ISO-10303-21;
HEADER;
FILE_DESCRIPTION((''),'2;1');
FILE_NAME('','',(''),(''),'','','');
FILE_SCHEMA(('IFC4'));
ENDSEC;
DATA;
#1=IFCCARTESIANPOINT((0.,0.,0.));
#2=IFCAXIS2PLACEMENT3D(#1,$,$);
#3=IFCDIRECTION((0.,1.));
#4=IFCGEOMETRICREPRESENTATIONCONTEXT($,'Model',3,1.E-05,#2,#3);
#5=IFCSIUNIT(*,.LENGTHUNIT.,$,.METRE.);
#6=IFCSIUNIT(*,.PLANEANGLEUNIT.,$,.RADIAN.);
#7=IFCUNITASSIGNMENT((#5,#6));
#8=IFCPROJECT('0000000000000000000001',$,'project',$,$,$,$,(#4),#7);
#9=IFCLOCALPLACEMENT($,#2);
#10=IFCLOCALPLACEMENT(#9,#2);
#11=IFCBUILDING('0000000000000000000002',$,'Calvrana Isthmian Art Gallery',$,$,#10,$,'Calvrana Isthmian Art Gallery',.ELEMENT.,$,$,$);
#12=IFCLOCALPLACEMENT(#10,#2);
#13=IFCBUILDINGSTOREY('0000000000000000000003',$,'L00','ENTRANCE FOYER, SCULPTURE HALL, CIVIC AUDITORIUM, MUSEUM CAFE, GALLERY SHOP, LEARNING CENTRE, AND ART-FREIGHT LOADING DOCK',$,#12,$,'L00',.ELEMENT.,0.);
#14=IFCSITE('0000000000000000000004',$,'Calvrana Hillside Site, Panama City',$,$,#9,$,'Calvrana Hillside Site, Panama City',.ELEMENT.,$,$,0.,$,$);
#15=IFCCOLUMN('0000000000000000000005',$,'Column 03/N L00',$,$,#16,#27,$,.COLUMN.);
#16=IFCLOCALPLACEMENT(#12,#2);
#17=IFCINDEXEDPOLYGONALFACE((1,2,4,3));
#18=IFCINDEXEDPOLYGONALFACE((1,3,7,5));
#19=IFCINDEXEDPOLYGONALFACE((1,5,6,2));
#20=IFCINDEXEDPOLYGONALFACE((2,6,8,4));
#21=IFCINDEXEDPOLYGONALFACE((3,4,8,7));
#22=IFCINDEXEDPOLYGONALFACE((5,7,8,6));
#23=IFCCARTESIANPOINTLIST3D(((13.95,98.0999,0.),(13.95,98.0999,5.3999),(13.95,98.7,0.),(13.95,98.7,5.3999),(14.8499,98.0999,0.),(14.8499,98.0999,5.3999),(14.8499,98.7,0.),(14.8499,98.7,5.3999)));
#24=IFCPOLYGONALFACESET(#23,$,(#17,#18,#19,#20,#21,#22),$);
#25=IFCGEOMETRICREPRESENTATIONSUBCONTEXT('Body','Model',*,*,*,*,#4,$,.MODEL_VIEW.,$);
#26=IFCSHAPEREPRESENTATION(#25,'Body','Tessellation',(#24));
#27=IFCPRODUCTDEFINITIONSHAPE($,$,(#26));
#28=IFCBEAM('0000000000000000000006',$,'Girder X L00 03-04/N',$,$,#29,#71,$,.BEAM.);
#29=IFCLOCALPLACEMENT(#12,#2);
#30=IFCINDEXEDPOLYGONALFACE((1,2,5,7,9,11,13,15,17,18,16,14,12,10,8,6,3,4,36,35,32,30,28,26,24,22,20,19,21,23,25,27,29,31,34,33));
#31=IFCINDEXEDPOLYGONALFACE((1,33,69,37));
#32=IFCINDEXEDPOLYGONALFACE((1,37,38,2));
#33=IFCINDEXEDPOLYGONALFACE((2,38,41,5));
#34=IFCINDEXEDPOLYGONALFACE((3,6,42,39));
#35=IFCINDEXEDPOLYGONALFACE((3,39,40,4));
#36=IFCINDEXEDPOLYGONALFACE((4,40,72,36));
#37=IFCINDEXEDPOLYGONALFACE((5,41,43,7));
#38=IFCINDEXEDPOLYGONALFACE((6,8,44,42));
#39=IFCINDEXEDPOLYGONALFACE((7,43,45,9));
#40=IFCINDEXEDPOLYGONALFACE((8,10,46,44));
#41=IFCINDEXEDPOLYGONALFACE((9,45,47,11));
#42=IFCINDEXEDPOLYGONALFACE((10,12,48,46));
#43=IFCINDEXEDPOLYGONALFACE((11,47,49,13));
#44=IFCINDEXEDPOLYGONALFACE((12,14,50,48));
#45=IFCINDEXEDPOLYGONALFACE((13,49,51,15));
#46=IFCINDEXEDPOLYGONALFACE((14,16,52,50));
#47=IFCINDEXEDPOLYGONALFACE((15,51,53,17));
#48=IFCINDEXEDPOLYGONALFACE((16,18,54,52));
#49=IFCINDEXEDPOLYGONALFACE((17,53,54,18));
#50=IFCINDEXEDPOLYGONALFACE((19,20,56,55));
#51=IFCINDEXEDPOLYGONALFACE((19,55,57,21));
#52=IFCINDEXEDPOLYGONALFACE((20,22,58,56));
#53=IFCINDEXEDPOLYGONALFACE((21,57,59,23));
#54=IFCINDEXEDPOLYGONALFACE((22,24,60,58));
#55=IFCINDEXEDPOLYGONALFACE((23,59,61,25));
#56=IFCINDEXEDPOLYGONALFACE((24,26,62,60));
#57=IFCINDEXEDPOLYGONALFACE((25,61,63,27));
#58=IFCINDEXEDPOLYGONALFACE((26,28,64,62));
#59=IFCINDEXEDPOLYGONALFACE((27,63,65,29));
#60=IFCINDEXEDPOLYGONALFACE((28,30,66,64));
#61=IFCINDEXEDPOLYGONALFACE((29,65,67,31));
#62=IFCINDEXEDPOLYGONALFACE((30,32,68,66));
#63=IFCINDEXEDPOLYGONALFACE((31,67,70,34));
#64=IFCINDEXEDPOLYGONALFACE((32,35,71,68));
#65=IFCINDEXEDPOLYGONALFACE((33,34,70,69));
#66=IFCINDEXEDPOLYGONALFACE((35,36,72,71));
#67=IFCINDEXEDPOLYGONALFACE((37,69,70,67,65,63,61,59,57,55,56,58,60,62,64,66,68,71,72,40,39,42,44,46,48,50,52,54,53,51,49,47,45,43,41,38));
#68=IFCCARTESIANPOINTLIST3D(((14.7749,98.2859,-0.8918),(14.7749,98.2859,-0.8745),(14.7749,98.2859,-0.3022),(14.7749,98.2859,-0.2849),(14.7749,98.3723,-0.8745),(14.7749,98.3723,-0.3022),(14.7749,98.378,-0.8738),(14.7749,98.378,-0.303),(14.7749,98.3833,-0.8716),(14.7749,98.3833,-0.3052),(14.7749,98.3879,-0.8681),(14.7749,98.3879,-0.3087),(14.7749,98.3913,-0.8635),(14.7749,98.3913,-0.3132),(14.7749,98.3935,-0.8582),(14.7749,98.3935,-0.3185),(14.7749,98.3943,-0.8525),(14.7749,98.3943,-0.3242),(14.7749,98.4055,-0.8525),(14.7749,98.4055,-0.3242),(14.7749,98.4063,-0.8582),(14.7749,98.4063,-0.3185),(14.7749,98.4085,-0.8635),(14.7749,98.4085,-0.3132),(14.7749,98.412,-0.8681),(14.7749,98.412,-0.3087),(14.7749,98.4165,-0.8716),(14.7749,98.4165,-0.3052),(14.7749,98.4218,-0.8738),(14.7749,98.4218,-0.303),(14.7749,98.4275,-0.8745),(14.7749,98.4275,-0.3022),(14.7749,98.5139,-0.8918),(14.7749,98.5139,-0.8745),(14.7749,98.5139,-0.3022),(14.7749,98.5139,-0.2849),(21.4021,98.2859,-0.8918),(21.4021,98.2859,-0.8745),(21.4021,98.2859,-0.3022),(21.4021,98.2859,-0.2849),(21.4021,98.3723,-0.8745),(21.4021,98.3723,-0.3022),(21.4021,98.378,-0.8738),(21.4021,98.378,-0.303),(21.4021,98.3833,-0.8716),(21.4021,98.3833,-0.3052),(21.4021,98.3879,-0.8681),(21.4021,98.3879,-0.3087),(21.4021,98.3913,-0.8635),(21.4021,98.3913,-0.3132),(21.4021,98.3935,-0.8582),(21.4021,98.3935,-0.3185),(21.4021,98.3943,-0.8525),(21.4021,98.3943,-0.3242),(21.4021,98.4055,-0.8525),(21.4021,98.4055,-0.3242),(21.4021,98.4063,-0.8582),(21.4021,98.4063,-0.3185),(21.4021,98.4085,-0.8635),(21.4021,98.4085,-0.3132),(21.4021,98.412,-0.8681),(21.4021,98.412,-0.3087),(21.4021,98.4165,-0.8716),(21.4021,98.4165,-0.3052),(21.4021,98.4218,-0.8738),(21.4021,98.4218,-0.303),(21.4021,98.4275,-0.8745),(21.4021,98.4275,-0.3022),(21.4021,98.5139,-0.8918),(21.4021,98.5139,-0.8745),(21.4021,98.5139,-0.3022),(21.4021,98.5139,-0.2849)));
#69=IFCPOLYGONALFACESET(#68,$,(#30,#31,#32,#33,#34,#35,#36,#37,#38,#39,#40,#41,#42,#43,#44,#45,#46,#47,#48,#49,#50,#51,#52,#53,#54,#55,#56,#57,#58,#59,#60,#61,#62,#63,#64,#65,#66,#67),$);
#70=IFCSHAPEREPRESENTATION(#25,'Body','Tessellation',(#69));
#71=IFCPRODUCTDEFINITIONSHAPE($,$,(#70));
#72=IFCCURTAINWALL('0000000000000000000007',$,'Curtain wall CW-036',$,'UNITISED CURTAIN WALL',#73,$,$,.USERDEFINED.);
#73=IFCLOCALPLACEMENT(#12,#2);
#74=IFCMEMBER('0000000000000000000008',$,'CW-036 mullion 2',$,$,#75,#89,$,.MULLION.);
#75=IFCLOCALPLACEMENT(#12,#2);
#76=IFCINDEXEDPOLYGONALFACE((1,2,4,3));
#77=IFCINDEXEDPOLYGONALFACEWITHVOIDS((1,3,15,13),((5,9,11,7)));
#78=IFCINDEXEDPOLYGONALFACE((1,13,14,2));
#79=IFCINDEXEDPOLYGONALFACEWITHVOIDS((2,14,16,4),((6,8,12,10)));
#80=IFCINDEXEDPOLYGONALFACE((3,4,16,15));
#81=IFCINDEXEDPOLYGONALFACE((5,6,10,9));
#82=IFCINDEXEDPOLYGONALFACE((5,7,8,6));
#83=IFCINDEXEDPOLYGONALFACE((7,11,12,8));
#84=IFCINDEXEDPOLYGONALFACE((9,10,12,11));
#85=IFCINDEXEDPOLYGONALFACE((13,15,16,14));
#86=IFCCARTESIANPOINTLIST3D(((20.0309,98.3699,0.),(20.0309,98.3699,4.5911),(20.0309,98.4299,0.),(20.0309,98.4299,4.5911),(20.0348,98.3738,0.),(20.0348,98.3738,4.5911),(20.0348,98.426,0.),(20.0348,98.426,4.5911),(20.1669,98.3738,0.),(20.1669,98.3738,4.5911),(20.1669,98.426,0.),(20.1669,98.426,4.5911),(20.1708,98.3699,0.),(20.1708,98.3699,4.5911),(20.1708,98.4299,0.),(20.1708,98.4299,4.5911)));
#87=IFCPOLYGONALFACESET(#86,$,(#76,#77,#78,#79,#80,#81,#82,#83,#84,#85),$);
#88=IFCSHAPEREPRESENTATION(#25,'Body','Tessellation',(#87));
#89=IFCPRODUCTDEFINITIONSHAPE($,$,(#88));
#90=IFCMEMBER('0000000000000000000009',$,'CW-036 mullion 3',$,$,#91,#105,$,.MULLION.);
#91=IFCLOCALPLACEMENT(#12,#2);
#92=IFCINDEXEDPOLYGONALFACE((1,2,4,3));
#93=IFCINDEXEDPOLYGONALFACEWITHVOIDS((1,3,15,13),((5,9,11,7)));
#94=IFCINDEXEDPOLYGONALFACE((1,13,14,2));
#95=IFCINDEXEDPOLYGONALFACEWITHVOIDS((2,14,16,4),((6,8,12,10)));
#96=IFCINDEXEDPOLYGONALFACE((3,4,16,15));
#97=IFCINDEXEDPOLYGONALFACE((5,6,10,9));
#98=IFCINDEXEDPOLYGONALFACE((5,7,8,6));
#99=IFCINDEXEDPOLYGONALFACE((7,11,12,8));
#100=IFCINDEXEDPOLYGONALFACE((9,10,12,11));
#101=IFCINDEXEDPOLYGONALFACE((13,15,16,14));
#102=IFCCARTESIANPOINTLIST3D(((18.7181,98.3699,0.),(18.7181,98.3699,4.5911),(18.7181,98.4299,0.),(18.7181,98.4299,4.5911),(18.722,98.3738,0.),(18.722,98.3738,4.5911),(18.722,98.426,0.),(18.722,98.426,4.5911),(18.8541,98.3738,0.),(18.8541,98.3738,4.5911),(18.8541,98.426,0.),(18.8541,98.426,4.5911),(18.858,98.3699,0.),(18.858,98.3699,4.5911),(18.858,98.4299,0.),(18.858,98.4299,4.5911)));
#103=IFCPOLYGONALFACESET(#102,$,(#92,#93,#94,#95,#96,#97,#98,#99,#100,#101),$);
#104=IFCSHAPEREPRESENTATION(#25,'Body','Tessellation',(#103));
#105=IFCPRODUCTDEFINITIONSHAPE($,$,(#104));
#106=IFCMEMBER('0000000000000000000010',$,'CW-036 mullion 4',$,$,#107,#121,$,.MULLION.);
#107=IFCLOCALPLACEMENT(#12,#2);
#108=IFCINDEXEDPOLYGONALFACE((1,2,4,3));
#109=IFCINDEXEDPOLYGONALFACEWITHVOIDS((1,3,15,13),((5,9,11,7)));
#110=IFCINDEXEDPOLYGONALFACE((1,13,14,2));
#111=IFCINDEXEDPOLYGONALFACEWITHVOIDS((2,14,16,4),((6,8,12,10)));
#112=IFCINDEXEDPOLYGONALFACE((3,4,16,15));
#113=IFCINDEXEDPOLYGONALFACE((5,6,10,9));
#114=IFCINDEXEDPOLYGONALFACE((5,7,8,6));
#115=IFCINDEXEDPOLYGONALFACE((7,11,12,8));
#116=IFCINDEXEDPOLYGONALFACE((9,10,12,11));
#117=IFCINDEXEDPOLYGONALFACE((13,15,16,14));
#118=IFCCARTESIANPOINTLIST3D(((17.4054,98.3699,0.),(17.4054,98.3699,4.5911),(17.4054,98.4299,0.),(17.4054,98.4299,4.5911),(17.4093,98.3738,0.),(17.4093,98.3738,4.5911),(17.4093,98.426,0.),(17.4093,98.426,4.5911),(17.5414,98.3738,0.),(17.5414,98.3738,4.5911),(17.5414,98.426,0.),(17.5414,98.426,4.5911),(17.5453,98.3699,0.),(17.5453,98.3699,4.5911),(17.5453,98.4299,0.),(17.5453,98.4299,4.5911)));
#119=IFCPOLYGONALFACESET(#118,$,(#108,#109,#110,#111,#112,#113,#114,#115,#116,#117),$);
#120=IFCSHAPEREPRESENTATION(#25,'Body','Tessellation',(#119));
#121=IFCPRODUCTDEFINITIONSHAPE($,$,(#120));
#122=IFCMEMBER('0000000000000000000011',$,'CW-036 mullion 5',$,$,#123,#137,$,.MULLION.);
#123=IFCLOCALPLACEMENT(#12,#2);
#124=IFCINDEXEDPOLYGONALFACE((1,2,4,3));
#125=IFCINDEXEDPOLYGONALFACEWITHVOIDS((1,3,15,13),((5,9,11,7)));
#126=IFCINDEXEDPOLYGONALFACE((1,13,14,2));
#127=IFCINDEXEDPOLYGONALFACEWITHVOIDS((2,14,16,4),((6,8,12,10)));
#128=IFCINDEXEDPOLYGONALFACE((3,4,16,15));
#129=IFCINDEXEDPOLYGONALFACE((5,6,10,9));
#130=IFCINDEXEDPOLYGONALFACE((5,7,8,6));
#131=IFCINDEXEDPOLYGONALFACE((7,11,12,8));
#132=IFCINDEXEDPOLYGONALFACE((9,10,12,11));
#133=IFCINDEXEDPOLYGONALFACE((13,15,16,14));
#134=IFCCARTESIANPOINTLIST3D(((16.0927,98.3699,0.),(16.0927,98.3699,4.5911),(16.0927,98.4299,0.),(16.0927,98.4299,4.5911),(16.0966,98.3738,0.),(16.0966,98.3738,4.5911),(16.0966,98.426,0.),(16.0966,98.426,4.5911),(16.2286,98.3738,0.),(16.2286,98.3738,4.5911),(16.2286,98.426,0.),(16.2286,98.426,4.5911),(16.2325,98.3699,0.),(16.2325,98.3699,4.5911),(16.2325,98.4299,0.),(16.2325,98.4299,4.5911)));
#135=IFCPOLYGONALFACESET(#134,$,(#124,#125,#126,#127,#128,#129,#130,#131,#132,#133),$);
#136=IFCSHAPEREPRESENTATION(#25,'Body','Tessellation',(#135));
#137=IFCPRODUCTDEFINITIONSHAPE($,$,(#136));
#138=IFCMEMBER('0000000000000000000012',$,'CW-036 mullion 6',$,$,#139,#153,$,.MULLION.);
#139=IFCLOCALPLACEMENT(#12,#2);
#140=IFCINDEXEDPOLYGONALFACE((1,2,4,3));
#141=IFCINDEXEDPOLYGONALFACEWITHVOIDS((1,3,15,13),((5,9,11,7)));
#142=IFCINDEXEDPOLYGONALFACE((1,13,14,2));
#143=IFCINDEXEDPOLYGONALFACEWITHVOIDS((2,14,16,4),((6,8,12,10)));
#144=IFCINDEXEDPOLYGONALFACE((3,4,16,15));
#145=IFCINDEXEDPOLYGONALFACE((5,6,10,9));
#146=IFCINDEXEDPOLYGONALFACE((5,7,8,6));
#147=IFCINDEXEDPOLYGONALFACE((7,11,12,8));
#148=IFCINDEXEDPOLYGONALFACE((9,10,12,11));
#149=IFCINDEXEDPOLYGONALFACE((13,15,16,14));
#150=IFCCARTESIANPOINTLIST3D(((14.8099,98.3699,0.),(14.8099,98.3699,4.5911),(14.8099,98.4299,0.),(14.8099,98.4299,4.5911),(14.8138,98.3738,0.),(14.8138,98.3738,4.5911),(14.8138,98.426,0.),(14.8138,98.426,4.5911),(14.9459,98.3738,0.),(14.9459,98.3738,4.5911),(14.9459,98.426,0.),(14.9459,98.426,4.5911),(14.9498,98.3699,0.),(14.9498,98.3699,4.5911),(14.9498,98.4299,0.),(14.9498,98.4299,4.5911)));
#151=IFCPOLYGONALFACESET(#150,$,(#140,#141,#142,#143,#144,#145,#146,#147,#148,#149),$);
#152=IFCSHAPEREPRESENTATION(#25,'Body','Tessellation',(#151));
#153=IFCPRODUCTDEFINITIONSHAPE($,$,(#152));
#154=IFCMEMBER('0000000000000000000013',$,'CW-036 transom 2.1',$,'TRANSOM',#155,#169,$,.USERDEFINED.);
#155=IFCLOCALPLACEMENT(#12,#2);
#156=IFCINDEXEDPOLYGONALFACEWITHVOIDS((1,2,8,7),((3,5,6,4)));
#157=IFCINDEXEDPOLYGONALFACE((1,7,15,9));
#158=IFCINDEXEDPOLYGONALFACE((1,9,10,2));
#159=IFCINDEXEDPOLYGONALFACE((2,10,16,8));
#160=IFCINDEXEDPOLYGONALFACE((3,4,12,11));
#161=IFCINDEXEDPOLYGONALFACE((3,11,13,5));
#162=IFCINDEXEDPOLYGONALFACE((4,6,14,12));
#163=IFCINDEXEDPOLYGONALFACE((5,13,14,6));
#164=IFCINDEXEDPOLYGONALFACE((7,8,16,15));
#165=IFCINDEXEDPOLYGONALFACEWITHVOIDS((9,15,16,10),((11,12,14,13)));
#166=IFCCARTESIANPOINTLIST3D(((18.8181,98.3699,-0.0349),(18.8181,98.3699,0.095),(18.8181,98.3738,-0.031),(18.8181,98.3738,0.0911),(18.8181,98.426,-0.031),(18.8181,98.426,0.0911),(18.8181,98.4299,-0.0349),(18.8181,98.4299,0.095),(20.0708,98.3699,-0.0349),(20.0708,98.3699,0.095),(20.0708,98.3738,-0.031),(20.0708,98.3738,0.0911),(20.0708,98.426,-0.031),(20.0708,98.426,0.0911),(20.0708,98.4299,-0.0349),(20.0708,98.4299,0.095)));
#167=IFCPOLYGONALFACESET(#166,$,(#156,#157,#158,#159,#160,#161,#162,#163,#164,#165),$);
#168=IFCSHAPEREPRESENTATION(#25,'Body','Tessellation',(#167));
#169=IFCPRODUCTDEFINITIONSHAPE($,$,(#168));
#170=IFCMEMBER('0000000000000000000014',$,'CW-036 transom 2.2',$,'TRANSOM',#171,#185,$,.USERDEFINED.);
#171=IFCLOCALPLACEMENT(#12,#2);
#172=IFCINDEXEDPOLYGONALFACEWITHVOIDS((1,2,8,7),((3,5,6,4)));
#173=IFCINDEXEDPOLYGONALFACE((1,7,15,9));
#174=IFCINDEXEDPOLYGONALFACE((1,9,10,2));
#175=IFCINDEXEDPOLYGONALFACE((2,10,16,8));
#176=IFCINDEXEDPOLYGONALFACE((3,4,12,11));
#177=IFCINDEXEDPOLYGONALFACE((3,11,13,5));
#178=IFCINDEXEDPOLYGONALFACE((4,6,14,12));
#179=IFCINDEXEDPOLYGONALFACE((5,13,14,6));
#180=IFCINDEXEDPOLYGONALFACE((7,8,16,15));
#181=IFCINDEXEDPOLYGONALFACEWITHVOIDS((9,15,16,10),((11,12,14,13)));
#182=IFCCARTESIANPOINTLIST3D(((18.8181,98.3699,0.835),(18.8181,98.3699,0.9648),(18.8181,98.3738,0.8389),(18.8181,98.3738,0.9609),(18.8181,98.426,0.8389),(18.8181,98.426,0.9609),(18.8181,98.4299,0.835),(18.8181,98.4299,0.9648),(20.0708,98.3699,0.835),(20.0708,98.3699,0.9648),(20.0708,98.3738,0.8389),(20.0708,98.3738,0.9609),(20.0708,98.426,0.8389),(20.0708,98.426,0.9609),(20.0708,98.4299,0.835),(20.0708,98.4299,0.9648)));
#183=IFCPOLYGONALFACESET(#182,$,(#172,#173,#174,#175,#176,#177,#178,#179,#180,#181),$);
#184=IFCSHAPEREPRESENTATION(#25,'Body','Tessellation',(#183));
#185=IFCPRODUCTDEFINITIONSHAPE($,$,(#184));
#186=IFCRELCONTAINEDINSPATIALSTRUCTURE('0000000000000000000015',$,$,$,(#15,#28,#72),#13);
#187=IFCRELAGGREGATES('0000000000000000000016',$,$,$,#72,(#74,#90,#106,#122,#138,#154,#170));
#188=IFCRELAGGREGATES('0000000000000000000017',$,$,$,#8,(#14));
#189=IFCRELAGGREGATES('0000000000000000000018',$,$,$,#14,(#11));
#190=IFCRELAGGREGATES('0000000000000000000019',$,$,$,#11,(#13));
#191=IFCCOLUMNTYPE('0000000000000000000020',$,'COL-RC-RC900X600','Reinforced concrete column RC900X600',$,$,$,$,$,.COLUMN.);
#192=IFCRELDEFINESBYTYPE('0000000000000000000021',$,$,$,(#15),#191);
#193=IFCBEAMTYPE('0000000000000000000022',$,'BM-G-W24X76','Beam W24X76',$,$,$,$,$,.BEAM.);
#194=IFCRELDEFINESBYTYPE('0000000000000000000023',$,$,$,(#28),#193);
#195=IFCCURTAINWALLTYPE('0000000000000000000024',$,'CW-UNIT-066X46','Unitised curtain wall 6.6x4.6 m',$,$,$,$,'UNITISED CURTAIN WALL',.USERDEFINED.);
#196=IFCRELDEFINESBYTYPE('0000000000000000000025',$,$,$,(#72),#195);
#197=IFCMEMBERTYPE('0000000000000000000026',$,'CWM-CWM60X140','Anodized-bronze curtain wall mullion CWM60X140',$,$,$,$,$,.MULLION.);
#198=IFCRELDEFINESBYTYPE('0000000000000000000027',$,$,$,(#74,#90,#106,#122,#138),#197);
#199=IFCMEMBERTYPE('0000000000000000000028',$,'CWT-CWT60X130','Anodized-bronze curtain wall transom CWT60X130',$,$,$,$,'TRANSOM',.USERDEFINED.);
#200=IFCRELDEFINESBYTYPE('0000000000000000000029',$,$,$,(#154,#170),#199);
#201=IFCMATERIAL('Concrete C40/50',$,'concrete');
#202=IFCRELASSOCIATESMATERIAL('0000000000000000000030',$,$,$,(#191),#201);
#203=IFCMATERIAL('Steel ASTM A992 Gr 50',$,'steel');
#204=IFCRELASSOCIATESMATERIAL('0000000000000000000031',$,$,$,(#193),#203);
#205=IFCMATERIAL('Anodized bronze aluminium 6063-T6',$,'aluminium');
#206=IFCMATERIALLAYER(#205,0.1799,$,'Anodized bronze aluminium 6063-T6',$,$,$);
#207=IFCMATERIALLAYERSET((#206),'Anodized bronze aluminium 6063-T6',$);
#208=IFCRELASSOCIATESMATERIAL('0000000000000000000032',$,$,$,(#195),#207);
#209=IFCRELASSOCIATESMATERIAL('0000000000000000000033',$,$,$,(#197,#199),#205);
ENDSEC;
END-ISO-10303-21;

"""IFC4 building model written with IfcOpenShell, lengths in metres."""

from ifc_helpers import new_model, si_unit, direction, frame, origin, origin_2d, place, context, subcontext, project, spatial, rectangle, hollow_rectangle, i_section, extrude, material, layer, layer_set, material_profile, profile_set, type_object, element, aggregate, save


model = new_model("IFC4")

# Units and contexts
model_context = context("Model", 3, precision=1e-05, world=origin(), true_north=direction((0.0, 1.0)))
body_context = subcontext(model_context, "Body", "Model", "MODEL_VIEW")
ifc_project = project(units=[si_unit("LENGTHUNIT", "METRE"), si_unit("PLANEANGLEUNIT", "RADIAN")], contexts=[model_context])

# Site, building, storey
site_placement = place(None, origin())
site = spatial("IfcSite", under=ifc_project, at=site_placement, Name="Calvrana Hillside Site, Panama City", LongName="Calvrana Hillside Site, Panama City", CompositionType="ELEMENT", RefElevation=0.0)
building_placement = place(site_placement, origin())
building = spatial("IfcBuilding", under=site, at=building_placement, Name="Calvrana Isthmian Art Gallery", LongName="Calvrana Isthmian Art Gallery", CompositionType="ELEMENT")
storey_placement = place(building_placement, origin())
storey = spatial("IfcBuildingStorey", under=building, at=storey_placement, Name="L00", Description="ENTRANCE FOYER, SCULPTURE HALL, CIVIC AUDITORIUM, MUSEUM CAFE, GALLERY SHOP, LEARNING CENTRE, AND ART-FREIGHT LOADING DOCK", LongName="L00", CompositionType="ELEMENT", Elevation=0.0)

# Column
ifc_material_1 = material(Name="Concrete C40/50", Category="concrete")
ifc_material_profile_1 = material_profile(ifc_material_1, rectangle(XDim=0.8999, YDim=0.6001, at=origin_2d()), Name="RC900X600")
ifc_profile_set_1 = profile_set([ifc_material_profile_1], Name="Concrete C40/50")
column_type = type_object("IfcColumnType", Name="COL-RC-RC900X600", Description="Reinforced concrete column RC900X600", PredefinedType="COLUMN", material=ifc_profile_set_1)
column_placement = place(storey_placement, frame((14.3999, 98.3999, 0.0), z_axis=(0.0, 0.0, 1.0), x_axis=(1.0, 0.0, 0.0)))
element("IfcColumn", 1, at=column_placement, inside=storey, type_object=column_type, Name="Column 03/N L00", PredefinedType="COLUMN", context=body_context, shape_type="SweptSolid", body=[
    extrude(rectangle(XDim=0.8999, YDim=0.6001, at=origin_2d()), origin(), (0.0, 0.0, 1.0), 5.3999),
])

# Beam
ifc_material_2 = material(Name="Steel ASTM A992 Gr 50", Category="steel")
ifc_material_profile_2 = material_profile(ifc_material_2, i_section(OverallWidth=0.228, OverallDepth=0.6069, WebThickness=0.0112, FlangeThickness=0.0173, FilletRadius=0.022, at=origin_2d()), Name="W24X76")
ifc_profile_set_2 = profile_set([ifc_material_profile_2], Name="Steel ASTM A992 Gr 50")
beam_type = type_object("IfcBeamType", Name="BM-G-W24X76", Description="Beam W24X76", PredefinedType="BEAM", material=ifc_profile_set_2)
beam_placement = place(storey_placement, frame((14.7749, 98.3999, -0.5884), z_axis=(1.0, 0.0, 0.0), x_axis=(0.0, 1.0, 0.0)))
element("IfcBeam", 2, at=beam_placement, inside=storey, type_object=beam_type, Name="Girder X L00 03-04/N", PredefinedType="BEAM", context=body_context, shape_type="SweptSolid", body=[
    extrude(i_section(OverallWidth=0.228, OverallDepth=0.6069, WebThickness=0.0112, FlangeThickness=0.0173, FilletRadius=0.022, at=origin_2d()), origin(), (0.0, 0.0, 1.0), 6.6272),
])

# Curtain wall, members
ifc_material_3 = material(Name="Anodized bronze aluminium 6063-T6", Category="aluminium")
ifc_layer_1 = layer(ifc_material_3, 0.1799, Name="Anodized bronze aluminium 6063-T6")
ifc_layer_set_1 = layer_set([ifc_layer_1], Name="Anodized bronze aluminium 6063-T6")
curtain_wall_type = type_object("IfcCurtainWallType", Name="CW-UNIT-066X46", Description="Unitised curtain wall 6.6x4.6 m", ElementType="UNITISED CURTAIN WALL", PredefinedType="USERDEFINED", material=ifc_layer_set_1)
curtain_wall_placement = place(storey_placement, origin())
curtain_wall = element("IfcCurtainWall", 3, at=curtain_wall_placement, inside=storey, type_object=curtain_wall_type, Name="Curtain wall CW-036", ObjectType="UNITISED CURTAIN WALL", PredefinedType="USERDEFINED")
ifc_material_profile_3 = material_profile(ifc_material_3, hollow_rectangle(XDim=0.0601, YDim=0.1399, WallThickness=0.0039, at=origin_2d()), Name="CWM60X140")
ifc_profile_set_3 = profile_set([ifc_material_profile_3], Name="Anodized bronze aluminium 6063-T6")
member_type_1 = type_object("IfcMemberType", Name="CWM-CWM60X140", Description="Anodized-bronze curtain wall mullion CWM60X140", PredefinedType="MULLION", material=ifc_profile_set_3)
member_1_placement = place(storey_placement, frame((20.1008, 98.3999, 0.0), z_axis=(0.0, 0.0, 1.0), x_axis=(0.0, -1.0, 0.0)))
member_1 = element("IfcMember", 4, at=member_1_placement, type_object=member_type_1, Name="CW-036 mullion 2", PredefinedType="MULLION", context=body_context, shape_type="SweptSolid", body=[
    extrude(hollow_rectangle(XDim=0.0601, YDim=0.1399, WallThickness=0.0039, at=origin_2d()), origin(), (0.0, 0.0, 1.0), 4.5911),
])
member_2_placement = place(storey_placement, frame((18.7881, 98.3999, 0.0), z_axis=(0.0, 0.0, 1.0), x_axis=(0.0, -1.0, 0.0)))
member_2 = element("IfcMember", 5, at=member_2_placement, type_object=member_type_1, Name="CW-036 mullion 3", PredefinedType="MULLION", context=body_context, shape_type="SweptSolid", body=[
    extrude(hollow_rectangle(XDim=0.0601, YDim=0.1399, WallThickness=0.0039, at=origin_2d()), origin(), (0.0, 0.0, 1.0), 4.5911),
])
member_3_placement = place(storey_placement, frame((17.4753, 98.3999, 0.0), z_axis=(0.0, 0.0, 1.0), x_axis=(0.0, -1.0, 0.0)))
member_3 = element("IfcMember", 6, at=member_3_placement, type_object=member_type_1, Name="CW-036 mullion 4", PredefinedType="MULLION", context=body_context, shape_type="SweptSolid", body=[
    extrude(hollow_rectangle(XDim=0.0601, YDim=0.1399, WallThickness=0.0039, at=origin_2d()), origin(), (0.0, 0.0, 1.0), 4.5911),
])
member_4_placement = place(storey_placement, frame((16.1626, 98.3999, 0.0), z_axis=(0.0, 0.0, 1.0), x_axis=(0.0, -1.0, 0.0)))
member_4 = element("IfcMember", 7, at=member_4_placement, type_object=member_type_1, Name="CW-036 mullion 5", PredefinedType="MULLION", context=body_context, shape_type="SweptSolid", body=[
    extrude(hollow_rectangle(XDim=0.0601, YDim=0.1399, WallThickness=0.0039, at=origin_2d()), origin(), (0.0, 0.0, 1.0), 4.5911),
])
member_5_placement = place(storey_placement, frame((14.8799, 98.3999, 0.0), z_axis=(0.0, 0.0, 1.0), x_axis=(0.0, -1.0, 0.0)))
member_5 = element("IfcMember", 8, at=member_5_placement, type_object=member_type_1, Name="CW-036 mullion 6", PredefinedType="MULLION", context=body_context, shape_type="SweptSolid", body=[
    extrude(hollow_rectangle(XDim=0.0601, YDim=0.1399, WallThickness=0.0039, at=origin_2d()), origin(), (0.0, 0.0, 1.0), 4.5911),
])
ifc_material_profile_4 = material_profile(ifc_material_3, hollow_rectangle(XDim=0.0601, YDim=0.1299, WallThickness=0.0039, at=origin_2d()), Name="CWT60X130")
ifc_profile_set_4 = profile_set([ifc_material_profile_4], Name="Anodized bronze aluminium 6063-T6")
member_type_2 = type_object("IfcMemberType", Name="CWT-CWT60X130", Description="Anodized-bronze curtain wall transom CWT60X130", ElementType="TRANSOM", PredefinedType="USERDEFINED", material=ifc_profile_set_4)
member_6_placement = place(storey_placement, frame((20.0708, 98.3999, 0.03), z_axis=(-1.0, 0.0, 0.0), x_axis=(0.0, -1.0, 0.0)))
member_6 = element("IfcMember", 9, at=member_6_placement, type_object=member_type_2, Name="CW-036 transom 2.1", ObjectType="TRANSOM", PredefinedType="USERDEFINED", context=body_context, shape_type="SweptSolid", body=[
    extrude(hollow_rectangle(XDim=0.0601, YDim=0.1299, WallThickness=0.0039, at=origin_2d()), origin(), (0.0, 0.0, 1.0), 1.2527),
])
member_7_placement = place(storey_placement, frame((20.0708, 98.3999, 0.8999), z_axis=(-1.0, 0.0, 0.0), x_axis=(0.0, -1.0, 0.0)))
member_7 = element("IfcMember", 10, at=member_7_placement, type_object=member_type_2, Name="CW-036 transom 2.2", ObjectType="TRANSOM", PredefinedType="USERDEFINED", context=body_context, shape_type="SweptSolid", body=[
    extrude(hollow_rectangle(XDim=0.0601, YDim=0.1299, WallThickness=0.0039, at=origin_2d()), origin(), (0.0, 0.0, 1.0), 1.2527),
])
aggregate(curtain_wall, [member_1, member_2, member_3, member_4, member_5, member_6, member_7])

save(model, "model.ifc")
